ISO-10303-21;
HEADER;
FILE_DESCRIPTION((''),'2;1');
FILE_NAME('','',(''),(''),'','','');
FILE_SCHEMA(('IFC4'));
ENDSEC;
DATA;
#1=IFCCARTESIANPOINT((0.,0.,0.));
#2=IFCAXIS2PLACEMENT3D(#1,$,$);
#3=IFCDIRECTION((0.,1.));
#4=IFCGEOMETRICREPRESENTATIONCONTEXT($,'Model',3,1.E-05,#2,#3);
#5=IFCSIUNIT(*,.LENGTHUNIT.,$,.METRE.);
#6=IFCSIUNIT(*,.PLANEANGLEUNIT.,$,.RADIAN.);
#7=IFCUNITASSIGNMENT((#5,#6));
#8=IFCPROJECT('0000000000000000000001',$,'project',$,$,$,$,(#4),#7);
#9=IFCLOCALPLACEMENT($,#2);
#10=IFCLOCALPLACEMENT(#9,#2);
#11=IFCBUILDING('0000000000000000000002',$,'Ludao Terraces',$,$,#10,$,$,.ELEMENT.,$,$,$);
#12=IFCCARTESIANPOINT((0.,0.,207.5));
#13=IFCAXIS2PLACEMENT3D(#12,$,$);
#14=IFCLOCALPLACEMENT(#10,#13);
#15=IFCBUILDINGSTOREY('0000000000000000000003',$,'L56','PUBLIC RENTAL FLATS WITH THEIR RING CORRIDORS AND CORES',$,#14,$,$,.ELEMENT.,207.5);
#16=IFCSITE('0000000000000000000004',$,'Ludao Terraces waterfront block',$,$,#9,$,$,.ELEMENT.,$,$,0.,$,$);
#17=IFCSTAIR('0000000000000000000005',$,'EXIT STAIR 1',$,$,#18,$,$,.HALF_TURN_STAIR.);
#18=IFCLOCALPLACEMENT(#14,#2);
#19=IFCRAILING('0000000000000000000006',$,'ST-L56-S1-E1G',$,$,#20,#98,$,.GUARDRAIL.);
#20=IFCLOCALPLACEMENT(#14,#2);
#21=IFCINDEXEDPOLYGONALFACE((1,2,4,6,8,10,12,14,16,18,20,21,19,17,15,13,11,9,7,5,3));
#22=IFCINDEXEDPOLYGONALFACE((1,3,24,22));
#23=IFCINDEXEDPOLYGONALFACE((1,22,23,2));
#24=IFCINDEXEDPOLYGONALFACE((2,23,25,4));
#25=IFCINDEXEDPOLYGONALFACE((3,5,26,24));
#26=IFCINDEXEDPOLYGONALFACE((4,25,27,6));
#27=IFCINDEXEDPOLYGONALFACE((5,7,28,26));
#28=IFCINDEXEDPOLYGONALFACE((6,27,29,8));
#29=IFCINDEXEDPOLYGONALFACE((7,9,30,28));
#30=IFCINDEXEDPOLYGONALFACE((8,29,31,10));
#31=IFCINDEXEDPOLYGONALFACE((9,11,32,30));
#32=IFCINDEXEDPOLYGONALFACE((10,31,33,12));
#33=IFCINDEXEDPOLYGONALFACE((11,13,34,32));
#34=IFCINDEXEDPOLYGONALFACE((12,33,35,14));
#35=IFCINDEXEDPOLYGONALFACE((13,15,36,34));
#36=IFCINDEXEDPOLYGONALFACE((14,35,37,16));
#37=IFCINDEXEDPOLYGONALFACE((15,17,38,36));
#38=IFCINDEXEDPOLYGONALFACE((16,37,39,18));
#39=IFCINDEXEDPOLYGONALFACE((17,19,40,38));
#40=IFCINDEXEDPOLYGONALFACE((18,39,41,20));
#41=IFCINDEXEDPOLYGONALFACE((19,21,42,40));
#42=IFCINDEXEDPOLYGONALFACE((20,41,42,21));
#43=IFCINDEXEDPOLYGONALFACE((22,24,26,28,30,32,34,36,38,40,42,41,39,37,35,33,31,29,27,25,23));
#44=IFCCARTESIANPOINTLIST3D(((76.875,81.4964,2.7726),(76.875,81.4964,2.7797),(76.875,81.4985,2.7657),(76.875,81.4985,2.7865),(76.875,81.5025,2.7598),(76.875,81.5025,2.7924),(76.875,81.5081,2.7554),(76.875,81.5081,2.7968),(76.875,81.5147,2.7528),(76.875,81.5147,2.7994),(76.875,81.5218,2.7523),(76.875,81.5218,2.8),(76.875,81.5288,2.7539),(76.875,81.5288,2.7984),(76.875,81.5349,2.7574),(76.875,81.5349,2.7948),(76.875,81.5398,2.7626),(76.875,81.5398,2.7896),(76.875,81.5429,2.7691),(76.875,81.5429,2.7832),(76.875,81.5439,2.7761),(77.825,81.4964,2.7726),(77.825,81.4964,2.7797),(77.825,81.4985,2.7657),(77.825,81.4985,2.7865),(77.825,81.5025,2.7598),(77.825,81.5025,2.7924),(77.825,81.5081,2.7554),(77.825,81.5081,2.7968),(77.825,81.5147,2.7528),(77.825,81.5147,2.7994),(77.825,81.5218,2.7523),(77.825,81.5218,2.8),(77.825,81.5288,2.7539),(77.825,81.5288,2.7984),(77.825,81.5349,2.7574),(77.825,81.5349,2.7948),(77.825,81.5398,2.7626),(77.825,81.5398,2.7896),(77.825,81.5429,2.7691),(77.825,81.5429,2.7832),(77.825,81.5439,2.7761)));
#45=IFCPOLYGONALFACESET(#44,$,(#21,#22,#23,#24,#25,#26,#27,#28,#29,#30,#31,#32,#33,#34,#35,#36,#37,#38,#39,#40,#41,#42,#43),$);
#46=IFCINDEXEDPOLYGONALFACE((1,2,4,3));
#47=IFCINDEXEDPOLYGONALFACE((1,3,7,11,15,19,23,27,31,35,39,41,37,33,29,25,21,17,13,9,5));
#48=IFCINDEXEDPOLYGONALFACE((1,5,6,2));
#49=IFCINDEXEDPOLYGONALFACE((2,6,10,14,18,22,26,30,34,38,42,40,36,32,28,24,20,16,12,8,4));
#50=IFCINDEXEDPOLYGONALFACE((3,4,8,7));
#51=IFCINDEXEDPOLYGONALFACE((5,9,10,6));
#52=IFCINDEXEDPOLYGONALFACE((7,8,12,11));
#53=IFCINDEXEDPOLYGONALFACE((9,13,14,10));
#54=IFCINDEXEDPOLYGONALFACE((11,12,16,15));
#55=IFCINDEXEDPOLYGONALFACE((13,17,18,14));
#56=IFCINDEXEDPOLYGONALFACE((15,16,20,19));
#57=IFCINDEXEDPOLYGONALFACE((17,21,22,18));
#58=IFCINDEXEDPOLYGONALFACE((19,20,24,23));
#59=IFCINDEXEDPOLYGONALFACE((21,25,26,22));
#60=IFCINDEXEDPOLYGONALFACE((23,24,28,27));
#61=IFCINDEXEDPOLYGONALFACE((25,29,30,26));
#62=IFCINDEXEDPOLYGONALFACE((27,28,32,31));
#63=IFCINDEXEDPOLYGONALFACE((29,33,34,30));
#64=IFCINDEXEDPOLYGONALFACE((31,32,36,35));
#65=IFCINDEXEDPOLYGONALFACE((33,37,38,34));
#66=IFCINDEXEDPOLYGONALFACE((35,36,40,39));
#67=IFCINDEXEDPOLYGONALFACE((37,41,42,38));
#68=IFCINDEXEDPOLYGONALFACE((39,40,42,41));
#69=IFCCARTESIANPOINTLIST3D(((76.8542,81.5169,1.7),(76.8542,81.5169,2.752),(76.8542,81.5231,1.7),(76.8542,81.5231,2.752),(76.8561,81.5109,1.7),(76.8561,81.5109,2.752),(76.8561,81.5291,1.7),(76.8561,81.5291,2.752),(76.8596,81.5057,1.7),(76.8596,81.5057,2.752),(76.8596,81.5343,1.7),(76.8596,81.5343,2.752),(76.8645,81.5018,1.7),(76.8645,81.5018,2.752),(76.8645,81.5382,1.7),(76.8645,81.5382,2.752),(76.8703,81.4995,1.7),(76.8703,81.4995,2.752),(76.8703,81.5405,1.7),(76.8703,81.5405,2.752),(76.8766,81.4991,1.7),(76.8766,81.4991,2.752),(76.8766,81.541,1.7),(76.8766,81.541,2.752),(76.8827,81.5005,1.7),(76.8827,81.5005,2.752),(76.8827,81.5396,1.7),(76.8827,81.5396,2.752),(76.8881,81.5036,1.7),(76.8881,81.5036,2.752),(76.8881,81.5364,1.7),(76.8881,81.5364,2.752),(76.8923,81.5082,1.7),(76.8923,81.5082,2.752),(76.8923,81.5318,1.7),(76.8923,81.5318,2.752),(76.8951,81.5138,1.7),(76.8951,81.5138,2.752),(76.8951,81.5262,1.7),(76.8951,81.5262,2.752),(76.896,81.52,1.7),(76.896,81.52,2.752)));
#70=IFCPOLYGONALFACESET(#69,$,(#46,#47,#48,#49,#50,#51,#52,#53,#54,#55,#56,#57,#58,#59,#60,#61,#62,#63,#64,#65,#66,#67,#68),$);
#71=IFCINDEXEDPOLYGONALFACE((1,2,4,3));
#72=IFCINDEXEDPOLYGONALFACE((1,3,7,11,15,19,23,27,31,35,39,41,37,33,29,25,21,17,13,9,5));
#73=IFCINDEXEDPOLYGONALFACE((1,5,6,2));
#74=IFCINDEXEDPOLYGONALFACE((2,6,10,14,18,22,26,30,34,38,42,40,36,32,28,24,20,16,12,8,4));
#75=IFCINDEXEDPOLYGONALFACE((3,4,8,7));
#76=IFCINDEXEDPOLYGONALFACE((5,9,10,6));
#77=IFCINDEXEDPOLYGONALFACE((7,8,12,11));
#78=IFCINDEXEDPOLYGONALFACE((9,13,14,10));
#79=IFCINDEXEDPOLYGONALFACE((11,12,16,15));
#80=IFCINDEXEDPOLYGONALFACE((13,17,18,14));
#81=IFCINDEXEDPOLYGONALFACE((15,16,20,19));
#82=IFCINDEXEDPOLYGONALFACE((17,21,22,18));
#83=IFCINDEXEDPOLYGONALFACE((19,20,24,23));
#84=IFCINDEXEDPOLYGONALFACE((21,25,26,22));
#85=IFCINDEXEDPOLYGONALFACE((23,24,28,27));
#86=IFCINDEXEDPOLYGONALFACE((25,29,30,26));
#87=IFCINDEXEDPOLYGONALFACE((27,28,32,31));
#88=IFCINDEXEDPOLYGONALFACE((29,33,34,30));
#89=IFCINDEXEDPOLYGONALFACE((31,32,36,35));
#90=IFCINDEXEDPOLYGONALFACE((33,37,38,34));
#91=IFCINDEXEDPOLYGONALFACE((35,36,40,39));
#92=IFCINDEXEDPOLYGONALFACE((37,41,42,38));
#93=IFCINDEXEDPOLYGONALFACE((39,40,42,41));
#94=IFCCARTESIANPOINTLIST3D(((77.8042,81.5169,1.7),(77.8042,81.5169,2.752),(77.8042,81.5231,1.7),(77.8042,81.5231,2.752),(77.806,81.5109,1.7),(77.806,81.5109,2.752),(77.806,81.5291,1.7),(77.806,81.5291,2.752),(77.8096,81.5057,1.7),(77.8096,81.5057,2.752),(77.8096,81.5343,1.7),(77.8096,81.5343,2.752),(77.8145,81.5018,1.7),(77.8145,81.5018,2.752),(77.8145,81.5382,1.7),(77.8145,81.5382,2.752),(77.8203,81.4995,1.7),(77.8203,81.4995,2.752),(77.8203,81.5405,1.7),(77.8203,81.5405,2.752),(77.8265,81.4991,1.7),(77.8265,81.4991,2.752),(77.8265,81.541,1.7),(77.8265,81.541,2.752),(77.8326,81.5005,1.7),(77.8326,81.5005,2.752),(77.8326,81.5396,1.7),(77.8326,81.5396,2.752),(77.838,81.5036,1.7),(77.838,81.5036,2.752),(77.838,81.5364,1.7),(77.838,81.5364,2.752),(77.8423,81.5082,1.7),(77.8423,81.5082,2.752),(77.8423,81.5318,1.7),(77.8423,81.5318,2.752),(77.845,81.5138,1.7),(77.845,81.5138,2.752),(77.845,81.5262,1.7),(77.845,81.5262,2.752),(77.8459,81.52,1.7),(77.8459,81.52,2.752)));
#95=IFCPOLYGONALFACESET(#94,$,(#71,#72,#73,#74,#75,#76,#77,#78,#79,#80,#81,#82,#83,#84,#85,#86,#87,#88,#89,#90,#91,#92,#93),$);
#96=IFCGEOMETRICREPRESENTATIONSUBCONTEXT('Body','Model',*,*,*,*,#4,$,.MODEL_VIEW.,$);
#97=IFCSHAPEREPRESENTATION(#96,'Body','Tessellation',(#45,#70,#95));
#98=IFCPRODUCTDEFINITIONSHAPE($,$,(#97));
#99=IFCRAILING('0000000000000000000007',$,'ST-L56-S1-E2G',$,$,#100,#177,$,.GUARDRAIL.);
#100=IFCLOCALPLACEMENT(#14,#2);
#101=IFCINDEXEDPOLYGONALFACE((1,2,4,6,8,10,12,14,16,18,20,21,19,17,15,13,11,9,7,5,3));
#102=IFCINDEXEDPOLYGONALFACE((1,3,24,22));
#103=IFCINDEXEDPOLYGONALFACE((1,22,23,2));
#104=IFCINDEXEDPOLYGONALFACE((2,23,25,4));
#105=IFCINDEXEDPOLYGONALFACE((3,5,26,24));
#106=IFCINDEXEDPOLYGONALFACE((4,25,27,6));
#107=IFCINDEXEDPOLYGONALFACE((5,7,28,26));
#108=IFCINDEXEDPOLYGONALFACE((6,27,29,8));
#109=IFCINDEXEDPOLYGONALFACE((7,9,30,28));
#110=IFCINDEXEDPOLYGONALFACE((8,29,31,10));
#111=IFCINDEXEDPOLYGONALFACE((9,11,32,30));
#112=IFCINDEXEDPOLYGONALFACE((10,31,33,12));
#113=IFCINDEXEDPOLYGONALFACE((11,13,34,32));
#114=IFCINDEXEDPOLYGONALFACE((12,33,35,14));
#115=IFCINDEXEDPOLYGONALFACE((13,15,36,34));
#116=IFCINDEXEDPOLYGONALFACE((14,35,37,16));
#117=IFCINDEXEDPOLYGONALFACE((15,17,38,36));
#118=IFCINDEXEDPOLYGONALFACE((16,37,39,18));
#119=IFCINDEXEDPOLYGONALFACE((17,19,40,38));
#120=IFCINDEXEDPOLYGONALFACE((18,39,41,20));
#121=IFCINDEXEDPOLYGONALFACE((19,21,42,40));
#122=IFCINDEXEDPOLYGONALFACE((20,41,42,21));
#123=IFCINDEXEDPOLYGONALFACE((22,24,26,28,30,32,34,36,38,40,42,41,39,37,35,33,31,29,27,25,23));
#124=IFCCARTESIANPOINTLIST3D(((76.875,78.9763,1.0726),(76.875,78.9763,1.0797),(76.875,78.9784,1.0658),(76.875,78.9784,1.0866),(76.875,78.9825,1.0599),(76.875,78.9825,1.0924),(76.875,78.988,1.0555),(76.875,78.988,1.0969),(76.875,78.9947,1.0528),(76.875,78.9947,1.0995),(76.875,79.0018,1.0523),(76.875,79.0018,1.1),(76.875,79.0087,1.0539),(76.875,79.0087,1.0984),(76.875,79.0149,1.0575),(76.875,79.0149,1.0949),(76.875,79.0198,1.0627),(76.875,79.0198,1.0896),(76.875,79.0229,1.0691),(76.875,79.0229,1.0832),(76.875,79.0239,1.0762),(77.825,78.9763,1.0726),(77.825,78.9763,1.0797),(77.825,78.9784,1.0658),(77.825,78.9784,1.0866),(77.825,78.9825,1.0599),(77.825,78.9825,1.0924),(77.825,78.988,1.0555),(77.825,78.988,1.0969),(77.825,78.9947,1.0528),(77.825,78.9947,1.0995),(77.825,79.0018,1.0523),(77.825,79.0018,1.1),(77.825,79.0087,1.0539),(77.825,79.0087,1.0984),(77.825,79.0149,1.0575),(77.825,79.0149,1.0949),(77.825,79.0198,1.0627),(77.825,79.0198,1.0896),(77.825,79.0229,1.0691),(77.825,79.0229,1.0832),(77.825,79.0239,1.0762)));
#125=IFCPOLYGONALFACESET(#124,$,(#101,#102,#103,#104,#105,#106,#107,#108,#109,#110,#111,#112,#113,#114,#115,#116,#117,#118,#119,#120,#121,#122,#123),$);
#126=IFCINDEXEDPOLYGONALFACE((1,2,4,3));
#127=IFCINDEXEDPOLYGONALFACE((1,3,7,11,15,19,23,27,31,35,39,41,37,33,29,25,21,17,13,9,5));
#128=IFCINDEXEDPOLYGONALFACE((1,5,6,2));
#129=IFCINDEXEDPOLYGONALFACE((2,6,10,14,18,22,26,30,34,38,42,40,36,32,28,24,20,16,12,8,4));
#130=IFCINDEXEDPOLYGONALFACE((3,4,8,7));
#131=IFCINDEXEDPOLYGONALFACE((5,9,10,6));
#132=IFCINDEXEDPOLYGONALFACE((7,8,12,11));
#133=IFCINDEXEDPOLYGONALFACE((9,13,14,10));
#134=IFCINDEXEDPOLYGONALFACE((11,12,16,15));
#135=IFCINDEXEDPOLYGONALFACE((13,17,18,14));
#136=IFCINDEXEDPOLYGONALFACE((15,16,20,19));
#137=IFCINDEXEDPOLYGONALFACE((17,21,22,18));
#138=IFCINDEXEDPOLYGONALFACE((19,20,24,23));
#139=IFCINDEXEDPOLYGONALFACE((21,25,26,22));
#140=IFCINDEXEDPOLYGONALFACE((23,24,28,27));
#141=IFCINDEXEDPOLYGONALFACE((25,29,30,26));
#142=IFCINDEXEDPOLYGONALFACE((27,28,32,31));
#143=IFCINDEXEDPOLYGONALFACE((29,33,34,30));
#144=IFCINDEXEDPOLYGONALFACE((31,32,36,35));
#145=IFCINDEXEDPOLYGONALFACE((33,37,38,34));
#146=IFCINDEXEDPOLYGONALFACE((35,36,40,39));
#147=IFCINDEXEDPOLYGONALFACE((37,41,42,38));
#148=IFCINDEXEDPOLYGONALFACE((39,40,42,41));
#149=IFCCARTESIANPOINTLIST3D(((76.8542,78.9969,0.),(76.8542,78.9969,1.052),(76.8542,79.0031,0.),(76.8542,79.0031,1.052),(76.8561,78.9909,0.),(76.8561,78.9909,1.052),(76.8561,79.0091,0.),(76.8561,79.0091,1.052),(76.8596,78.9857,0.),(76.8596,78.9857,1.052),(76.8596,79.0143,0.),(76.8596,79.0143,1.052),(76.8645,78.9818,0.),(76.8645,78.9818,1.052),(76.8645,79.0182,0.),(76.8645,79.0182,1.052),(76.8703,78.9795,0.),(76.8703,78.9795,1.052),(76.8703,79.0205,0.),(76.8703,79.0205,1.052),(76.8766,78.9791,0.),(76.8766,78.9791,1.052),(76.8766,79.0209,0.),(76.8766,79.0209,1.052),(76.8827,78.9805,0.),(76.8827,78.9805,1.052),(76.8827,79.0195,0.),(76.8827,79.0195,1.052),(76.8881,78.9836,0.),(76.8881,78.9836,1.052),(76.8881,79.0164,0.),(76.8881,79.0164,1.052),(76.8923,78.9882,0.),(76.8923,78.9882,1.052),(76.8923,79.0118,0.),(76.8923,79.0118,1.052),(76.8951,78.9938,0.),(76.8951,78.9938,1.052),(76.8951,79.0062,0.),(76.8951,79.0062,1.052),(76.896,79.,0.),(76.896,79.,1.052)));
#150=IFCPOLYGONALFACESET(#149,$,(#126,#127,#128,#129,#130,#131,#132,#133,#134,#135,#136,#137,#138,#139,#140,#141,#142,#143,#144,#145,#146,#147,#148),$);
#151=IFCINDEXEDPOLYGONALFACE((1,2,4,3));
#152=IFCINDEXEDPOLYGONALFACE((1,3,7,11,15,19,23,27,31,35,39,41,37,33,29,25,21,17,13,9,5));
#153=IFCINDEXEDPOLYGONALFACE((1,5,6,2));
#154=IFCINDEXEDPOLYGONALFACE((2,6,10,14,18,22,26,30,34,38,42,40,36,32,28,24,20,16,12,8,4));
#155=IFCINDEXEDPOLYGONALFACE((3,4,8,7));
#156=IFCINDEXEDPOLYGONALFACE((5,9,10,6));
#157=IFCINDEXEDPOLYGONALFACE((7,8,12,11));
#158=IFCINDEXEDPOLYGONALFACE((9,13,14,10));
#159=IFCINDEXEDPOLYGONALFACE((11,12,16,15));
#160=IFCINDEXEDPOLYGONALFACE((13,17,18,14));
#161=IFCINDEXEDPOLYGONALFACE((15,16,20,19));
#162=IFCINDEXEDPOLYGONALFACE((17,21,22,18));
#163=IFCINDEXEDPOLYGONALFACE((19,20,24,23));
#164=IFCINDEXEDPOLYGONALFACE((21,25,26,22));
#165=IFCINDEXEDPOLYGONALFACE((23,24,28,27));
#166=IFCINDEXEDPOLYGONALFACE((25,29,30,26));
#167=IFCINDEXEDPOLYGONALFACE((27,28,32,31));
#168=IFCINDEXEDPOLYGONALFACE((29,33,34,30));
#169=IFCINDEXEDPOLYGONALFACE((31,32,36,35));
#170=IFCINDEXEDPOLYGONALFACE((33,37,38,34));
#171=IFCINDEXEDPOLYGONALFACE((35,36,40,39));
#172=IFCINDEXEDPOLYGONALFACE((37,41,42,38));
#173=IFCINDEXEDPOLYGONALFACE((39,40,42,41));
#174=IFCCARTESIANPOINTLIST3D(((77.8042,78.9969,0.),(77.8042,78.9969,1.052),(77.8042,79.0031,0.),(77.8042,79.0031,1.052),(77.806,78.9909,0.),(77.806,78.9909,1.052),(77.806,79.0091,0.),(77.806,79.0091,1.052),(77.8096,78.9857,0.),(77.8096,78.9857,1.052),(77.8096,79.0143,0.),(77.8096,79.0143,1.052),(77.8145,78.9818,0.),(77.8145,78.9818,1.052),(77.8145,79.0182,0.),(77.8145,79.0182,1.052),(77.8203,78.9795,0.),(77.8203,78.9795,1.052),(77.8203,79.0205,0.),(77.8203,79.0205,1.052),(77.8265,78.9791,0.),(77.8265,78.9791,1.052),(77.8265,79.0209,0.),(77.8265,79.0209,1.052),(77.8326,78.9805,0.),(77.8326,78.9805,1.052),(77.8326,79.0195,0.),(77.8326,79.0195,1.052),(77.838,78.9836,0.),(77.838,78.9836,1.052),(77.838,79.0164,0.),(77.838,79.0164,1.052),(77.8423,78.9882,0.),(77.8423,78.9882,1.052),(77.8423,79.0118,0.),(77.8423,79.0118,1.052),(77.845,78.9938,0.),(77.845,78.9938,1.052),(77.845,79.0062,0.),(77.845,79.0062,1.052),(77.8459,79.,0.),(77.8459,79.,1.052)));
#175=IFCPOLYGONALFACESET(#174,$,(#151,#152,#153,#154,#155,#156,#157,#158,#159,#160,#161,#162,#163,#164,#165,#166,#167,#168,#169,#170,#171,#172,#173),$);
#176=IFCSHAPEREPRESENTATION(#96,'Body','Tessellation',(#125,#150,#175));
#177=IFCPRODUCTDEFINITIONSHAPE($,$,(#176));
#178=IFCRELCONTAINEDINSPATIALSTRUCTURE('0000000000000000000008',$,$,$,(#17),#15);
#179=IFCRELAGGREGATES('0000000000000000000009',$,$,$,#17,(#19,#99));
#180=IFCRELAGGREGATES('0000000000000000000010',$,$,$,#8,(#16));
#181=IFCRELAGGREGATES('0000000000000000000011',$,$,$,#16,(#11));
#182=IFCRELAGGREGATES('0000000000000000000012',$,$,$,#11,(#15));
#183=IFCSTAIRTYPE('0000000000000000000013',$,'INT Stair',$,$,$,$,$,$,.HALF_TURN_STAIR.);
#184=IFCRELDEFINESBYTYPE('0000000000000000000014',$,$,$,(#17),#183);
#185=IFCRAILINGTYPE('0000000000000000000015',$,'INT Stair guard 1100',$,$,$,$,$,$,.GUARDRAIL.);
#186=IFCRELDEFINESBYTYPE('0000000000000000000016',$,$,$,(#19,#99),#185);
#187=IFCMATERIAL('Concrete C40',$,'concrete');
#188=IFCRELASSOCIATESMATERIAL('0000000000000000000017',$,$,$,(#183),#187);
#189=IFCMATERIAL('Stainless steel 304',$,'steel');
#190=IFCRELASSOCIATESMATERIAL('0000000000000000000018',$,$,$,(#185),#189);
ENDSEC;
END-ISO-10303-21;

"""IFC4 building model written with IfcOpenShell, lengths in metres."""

from ifc_helpers import new_model, si_unit, direction, frame, origin, origin_2d, place, context, subcontext, project, spatial, circle, extrude, material, type_object, element, aggregate, save


model = new_model("IFC4")

# Units and contexts
model_context = context("Model", 3, precision=1e-05, world=origin(), true_north=direction((0.0, 1.0)))
body_context = subcontext(model_context, "Body", "Model", "MODEL_VIEW")
ifc_project = project(units=[si_unit("LENGTHUNIT", "METRE"), si_unit("PLANEANGLEUNIT", "RADIAN")], contexts=[model_context])

# Site, building, storey
site_placement = place(None, origin())
site = spatial("IfcSite", under=ifc_project, at=site_placement, Name="Ludao Terraces waterfront block", CompositionType="ELEMENT", RefElevation=0.0)
building_placement = place(site_placement, origin())
building = spatial("IfcBuilding", under=site, at=building_placement, Name="Ludao Terraces", CompositionType="ELEMENT")
storey_placement = place(building_placement, frame((0.0, 0.0, 207.5)))
storey = spatial("IfcBuildingStorey", under=building, at=storey_placement, Name="L56", Description="PUBLIC RENTAL FLATS WITH THEIR RING CORRIDORS AND CORES", CompositionType="ELEMENT", Elevation=207.5)

# Shared definitions
ifc_material_1 = material(Name="Concrete C40", Category="concrete")

# Stair, railings
stair_type = type_object("IfcStairType", Name="INT Stair", PredefinedType="HALF_TURN_STAIR", material=ifc_material_1)
stair_placement = place(storey_placement, origin())
stair = element("IfcStair", 1, at=stair_placement, inside=storey, type_object=stair_type, Name="EXIT STAIR 1", PredefinedType="HALF_TURN_STAIR")
ifc_material_2 = material(Name="Stainless steel 304", Category="steel")
railing_type_1 = type_object("IfcRailingType", Name="INT Stair guard 1100", PredefinedType="GUARDRAIL", material=ifc_material_2)
railing_1_placement = place(storey_placement, frame((76.875, 81.52, 1.7)))
railing_1 = element("IfcRailing", 2, at=railing_1_placement, type_object=railing_type_1, Name="ST-L56-S1-E1G", PredefinedType="GUARDRAIL", context=body_context, shape_type="SweptSolid", body=[
    extrude(circle(Radius=0.0239, at=origin_2d()), frame((0.0, 0.0, 1.0762), z_axis=(1.0, 0.0, 0.0), x_axis=(0.0, 1.0, 0.0)), (0.0, 0.0, 1.0), 0.95),
    extrude(circle(Radius=0.021, at=origin_2d()), origin(), (0.0, 0.0, 1.0), 1.052),
    extrude(circle(Radius=0.021, at=origin_2d()), frame((0.95, 0.0, 0.0)), (0.0, 0.0, 1.0), 1.052),
])
railing_2_placement = place(storey_placement, frame((76.875, 79.0, 0.0)))
railing_2 = element("IfcRailing", 3, at=railing_2_placement, type_object=railing_type_1, Name="ST-L56-S1-E2G", PredefinedType="GUARDRAIL", context=body_context, shape_type="SweptSolid", body=[
    extrude(circle(Radius=0.0239, at=origin_2d()), frame((0.0, 0.0, 1.0762), z_axis=(1.0, 0.0, 0.0), x_axis=(0.0, 1.0, 0.0)), (0.0, 0.0, 1.0), 0.95),
    extrude(circle(Radius=0.021, at=origin_2d()), origin(), (0.0, 0.0, 1.0), 1.052),
    extrude(circle(Radius=0.021, at=origin_2d()), frame((0.95, 0.0, 0.0)), (0.0, 0.0, 1.0), 1.052),
])
aggregate(stair, [railing_1, railing_2])

save(model, "model.ifc")
